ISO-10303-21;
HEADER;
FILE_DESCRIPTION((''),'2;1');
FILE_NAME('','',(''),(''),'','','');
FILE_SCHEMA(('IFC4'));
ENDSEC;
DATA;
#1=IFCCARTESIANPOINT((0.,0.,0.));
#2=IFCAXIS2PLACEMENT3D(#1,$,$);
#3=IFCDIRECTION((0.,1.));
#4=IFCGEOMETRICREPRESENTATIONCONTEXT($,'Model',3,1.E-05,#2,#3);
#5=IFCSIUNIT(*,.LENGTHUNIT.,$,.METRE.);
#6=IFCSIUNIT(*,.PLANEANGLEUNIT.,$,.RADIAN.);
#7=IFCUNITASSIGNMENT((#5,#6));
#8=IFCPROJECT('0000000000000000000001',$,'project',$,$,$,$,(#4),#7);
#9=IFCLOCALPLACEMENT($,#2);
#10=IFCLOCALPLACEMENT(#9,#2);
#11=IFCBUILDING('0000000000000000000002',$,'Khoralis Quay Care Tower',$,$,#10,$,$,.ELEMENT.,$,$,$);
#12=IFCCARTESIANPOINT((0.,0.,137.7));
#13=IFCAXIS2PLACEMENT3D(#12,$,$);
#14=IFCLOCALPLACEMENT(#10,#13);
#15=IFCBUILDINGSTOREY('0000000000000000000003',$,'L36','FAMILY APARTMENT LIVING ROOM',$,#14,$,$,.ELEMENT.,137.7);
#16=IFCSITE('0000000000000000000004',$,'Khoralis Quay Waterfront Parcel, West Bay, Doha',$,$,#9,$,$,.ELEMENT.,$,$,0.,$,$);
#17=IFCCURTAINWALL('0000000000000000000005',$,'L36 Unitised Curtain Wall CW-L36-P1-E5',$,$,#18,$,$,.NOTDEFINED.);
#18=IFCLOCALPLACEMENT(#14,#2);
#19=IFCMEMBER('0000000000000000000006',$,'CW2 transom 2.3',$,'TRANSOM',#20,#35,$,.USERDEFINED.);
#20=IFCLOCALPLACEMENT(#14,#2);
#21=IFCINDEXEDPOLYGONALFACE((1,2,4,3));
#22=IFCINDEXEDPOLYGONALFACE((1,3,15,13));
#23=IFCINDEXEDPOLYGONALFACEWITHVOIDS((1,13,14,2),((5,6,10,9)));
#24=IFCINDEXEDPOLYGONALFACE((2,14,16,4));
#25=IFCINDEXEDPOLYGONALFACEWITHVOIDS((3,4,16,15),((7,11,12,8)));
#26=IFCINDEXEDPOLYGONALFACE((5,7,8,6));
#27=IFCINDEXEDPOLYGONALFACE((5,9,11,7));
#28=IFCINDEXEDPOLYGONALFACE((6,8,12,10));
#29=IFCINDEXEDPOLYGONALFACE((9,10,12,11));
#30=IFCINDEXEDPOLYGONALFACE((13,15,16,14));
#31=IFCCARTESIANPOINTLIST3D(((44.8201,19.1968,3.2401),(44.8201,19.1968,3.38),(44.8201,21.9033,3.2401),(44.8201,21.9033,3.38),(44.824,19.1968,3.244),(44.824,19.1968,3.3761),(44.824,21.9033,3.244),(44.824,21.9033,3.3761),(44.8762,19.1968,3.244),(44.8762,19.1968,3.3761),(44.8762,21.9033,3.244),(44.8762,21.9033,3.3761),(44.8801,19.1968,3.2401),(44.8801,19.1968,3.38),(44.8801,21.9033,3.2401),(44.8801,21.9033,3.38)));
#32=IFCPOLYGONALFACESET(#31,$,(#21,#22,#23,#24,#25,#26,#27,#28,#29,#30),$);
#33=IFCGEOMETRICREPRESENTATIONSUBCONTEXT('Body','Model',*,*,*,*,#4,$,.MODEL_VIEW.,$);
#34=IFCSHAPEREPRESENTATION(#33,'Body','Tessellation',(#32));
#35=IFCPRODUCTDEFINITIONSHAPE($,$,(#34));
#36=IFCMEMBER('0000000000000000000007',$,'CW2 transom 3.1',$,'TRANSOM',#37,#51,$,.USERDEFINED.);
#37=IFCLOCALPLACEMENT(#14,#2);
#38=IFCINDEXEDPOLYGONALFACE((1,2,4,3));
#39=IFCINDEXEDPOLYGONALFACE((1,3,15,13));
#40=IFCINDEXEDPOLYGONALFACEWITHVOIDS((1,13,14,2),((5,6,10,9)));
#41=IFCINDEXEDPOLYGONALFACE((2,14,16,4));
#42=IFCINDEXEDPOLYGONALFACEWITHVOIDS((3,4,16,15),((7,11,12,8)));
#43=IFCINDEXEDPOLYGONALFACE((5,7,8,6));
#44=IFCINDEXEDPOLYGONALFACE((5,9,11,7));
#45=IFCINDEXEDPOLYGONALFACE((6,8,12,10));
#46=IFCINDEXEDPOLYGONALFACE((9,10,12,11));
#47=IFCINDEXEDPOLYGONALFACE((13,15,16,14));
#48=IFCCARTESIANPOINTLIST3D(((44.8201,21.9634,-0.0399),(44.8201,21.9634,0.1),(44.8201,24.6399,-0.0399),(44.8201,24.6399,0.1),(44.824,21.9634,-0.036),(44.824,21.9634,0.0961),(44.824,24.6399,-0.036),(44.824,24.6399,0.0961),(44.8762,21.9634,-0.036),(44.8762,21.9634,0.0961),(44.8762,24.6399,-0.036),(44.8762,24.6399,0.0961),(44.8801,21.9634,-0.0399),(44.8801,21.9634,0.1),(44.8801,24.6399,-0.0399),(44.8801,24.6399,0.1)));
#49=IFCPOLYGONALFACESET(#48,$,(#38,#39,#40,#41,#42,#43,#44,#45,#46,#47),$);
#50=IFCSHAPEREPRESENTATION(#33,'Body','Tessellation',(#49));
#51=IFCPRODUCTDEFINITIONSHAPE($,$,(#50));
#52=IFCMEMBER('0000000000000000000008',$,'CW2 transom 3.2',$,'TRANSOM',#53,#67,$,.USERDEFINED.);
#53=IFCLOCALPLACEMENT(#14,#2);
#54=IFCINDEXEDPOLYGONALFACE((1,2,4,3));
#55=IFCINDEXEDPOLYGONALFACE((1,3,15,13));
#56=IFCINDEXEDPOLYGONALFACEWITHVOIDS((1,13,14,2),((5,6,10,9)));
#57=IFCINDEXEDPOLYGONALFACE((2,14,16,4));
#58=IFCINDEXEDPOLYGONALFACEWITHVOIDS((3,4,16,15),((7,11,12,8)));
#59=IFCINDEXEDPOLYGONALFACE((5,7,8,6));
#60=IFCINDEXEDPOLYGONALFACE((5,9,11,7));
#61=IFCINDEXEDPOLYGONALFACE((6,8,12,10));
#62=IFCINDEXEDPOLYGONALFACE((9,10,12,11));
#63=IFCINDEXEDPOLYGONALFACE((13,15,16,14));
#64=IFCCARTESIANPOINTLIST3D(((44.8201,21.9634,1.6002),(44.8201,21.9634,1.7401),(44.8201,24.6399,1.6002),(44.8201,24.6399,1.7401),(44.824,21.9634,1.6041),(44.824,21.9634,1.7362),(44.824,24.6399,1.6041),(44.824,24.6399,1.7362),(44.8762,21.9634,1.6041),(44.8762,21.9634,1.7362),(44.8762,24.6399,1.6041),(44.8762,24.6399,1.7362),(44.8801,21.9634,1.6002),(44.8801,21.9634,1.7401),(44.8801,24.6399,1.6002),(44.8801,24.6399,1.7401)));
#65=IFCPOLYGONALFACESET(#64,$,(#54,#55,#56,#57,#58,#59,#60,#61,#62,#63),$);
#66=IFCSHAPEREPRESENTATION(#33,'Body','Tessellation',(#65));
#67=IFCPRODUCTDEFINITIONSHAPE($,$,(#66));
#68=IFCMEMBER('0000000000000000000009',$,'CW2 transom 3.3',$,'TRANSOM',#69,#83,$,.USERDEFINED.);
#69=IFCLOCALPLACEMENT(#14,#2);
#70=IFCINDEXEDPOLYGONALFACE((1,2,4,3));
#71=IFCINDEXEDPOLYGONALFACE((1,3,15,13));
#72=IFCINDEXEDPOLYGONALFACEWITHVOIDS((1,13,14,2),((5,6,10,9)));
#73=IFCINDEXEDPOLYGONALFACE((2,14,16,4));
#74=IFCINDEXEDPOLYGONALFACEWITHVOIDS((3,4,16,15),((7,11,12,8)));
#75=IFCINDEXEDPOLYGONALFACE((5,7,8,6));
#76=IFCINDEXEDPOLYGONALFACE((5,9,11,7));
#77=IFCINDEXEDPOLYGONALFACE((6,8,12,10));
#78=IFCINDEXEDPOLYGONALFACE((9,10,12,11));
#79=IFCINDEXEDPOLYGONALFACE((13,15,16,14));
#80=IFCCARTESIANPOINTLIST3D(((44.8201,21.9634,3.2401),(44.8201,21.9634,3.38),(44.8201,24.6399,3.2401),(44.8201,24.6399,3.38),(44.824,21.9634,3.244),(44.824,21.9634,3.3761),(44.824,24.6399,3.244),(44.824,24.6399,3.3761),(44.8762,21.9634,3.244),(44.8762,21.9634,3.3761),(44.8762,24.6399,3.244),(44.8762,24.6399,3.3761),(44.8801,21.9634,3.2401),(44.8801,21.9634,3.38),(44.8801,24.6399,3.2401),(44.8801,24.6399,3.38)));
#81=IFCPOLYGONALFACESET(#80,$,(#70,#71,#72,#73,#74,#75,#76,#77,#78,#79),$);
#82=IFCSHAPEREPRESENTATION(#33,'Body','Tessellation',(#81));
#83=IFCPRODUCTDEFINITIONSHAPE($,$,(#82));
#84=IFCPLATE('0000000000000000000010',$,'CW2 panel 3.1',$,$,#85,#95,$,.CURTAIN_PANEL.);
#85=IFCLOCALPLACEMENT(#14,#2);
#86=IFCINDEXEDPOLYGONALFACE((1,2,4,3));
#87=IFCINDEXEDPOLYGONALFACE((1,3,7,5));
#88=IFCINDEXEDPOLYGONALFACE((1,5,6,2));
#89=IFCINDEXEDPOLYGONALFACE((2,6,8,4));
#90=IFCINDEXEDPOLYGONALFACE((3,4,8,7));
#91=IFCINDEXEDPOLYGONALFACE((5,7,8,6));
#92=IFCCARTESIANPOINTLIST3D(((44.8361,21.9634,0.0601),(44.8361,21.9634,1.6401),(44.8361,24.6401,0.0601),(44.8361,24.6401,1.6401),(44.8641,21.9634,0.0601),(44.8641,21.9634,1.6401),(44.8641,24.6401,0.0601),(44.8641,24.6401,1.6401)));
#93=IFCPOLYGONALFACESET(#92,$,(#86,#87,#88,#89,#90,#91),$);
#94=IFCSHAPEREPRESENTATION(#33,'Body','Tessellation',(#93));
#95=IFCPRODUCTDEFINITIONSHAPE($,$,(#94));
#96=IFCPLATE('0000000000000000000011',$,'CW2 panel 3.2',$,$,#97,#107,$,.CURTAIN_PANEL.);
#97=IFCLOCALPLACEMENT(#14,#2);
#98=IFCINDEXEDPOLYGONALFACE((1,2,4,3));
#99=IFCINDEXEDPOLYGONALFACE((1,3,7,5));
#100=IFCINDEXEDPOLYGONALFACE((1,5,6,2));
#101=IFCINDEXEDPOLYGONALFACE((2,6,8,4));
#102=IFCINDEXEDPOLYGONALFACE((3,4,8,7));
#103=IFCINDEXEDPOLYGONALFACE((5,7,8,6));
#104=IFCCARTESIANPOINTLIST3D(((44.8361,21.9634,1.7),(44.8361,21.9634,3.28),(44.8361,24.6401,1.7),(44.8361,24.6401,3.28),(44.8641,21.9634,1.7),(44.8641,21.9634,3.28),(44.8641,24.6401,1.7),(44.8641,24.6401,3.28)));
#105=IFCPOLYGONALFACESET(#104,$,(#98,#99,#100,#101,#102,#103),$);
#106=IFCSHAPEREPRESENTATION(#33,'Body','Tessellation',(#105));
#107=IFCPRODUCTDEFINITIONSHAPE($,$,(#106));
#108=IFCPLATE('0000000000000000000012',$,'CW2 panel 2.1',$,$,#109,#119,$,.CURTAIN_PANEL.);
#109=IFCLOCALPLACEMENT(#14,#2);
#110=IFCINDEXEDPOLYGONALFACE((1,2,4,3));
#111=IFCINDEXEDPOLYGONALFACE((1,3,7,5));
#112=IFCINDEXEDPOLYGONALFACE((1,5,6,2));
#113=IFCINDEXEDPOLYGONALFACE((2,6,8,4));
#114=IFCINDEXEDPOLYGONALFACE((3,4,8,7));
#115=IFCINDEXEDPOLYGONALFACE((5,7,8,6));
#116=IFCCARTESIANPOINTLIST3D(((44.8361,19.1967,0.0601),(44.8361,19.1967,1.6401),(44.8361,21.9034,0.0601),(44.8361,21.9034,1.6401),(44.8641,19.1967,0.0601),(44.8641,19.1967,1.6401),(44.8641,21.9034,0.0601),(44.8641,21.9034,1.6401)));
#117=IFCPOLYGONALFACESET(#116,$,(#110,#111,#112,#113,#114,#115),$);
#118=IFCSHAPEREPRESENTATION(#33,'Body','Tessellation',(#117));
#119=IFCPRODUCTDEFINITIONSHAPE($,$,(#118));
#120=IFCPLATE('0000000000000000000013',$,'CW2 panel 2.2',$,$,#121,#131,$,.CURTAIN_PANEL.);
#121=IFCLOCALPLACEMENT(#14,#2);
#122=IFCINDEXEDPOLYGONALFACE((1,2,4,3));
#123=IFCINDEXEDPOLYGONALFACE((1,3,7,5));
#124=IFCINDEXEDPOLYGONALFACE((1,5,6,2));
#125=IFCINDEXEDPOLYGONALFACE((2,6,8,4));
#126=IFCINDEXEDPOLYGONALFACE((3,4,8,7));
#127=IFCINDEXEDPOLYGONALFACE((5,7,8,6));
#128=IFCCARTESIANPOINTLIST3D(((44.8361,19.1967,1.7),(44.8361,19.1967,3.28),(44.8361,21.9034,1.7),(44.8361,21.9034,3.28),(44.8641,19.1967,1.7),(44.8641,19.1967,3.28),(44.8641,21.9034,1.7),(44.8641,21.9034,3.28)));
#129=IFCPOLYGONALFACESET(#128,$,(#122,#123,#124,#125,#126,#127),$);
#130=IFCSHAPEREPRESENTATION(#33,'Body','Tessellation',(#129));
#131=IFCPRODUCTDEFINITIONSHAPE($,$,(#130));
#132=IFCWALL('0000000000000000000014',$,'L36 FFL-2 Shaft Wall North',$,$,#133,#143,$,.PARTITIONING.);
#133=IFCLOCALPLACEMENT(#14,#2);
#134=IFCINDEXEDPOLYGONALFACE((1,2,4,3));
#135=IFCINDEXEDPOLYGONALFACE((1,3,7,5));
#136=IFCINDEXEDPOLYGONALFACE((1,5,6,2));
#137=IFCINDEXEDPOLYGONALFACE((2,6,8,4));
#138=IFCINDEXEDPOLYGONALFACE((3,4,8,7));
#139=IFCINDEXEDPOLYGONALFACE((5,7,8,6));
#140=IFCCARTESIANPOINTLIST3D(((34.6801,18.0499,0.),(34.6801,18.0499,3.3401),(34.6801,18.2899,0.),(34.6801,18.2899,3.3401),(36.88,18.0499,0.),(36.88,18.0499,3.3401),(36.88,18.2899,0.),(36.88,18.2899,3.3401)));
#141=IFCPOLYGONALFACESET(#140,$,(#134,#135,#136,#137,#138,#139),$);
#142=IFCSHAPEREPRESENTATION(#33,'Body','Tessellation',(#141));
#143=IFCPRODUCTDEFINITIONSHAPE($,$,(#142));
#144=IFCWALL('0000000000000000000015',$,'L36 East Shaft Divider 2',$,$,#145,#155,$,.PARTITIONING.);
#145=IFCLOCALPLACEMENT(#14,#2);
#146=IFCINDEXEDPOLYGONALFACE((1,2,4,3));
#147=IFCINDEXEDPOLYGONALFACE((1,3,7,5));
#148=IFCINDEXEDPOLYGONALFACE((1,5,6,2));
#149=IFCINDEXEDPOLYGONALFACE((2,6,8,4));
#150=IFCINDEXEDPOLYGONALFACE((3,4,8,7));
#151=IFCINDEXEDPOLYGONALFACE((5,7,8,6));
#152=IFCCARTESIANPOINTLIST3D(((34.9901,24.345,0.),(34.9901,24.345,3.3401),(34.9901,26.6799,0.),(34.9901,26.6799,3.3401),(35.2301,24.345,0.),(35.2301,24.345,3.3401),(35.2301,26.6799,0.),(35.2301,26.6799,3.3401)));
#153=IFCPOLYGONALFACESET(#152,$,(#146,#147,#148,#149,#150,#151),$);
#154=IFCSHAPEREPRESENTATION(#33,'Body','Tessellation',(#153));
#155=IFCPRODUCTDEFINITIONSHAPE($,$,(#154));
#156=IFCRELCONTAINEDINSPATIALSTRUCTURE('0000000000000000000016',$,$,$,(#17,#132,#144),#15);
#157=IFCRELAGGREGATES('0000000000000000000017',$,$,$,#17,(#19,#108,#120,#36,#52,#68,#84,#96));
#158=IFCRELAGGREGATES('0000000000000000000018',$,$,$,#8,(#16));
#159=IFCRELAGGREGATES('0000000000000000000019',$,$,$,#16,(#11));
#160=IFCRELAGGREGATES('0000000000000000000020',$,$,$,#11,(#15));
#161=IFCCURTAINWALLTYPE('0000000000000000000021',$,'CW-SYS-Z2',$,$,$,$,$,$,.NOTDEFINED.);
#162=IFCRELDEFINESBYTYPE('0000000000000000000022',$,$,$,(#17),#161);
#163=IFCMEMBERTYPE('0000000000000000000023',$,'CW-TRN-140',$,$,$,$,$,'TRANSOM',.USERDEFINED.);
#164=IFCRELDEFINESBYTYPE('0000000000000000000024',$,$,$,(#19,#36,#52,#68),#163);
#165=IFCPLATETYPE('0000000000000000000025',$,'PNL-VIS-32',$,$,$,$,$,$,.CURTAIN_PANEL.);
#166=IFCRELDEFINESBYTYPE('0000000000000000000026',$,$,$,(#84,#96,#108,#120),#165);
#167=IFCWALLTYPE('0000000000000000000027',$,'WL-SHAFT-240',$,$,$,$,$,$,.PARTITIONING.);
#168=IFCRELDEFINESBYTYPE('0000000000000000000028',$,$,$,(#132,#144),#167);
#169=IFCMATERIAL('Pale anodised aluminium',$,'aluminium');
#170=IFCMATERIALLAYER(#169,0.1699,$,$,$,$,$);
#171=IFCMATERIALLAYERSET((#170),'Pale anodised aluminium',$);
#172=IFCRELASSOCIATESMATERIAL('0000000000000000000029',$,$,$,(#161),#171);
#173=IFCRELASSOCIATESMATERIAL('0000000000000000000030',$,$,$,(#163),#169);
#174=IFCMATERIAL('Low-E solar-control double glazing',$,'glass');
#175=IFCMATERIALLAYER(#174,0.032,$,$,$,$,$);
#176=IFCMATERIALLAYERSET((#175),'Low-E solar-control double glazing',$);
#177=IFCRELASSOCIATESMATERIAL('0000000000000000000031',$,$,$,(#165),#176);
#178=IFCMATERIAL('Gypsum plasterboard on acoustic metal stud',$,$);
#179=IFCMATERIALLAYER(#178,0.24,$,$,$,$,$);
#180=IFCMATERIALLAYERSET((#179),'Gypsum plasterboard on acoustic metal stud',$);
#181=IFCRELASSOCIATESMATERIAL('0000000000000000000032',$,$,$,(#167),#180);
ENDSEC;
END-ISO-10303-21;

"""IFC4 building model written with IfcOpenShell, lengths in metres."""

from ifc_helpers import new_model, si_unit, direction, frame, frame_2d, origin, origin_2d, place, context, subcontext, project, spatial, rectangle, hollow_rectangle, extrude, source, transform, mapped, material, layer, layer_set, material_profile, profile_set, type_object, element, aggregate, save


model = new_model("IFC4")

# Units and contexts
model_context = context("Model", 3, precision=1e-05, world=origin(), true_north=direction((0.0, 1.0)))
body_context = subcontext(model_context, "Body", "Model", "MODEL_VIEW")
ifc_project = project(units=[si_unit("LENGTHUNIT", "METRE"), si_unit("PLANEANGLEUNIT", "RADIAN")], contexts=[model_context])

# Site, building, storey
site_placement = place(None, origin())
site = spatial("IfcSite", under=ifc_project, at=site_placement, Name="Khoralis Quay Waterfront Parcel, West Bay, Doha", CompositionType="ELEMENT", RefElevation=0.0)
building_placement = place(site_placement, origin())
building = spatial("IfcBuilding", under=site, at=building_placement, Name="Khoralis Quay Care Tower", CompositionType="ELEMENT")
storey_placement = place(building_placement, frame((0.0, 0.0, 137.7)))
storey = spatial("IfcBuildingStorey", under=building, at=storey_placement, Name="L36", Description="FAMILY APARTMENT LIVING ROOM", CompositionType="ELEMENT", Elevation=137.7)

# Curtain wall, members, plates
ifc_material_1 = material(Name="Pale anodised aluminium", Category="aluminium")
ifc_layer_1 = layer(ifc_material_1, 0.1699)
ifc_layer_set_1 = layer_set([ifc_layer_1], Name="Pale anodised aluminium")
curtain_wall_type = type_object("IfcCurtainWallType", Name="CW-SYS-Z2", PredefinedType="NOTDEFINED", material=ifc_layer_set_1)
curtain_wall_placement = place(storey_placement, origin())
curtain_wall = element("IfcCurtainWall", 1, at=curtain_wall_placement, inside=storey, type_object=curtain_wall_type, Name="L36 Unitised Curtain Wall CW-L36-P1-E5", PredefinedType="NOTDEFINED")
ifc_material_profile_1 = material_profile(ifc_material_1, hollow_rectangle(XDim=0.0601, YDim=0.1399, WallThickness=0.0039, at=origin_2d()), Name="Pale anodised aluminium")
ifc_profile_set_1 = profile_set([ifc_material_profile_1], Name="Pale anodised aluminium")
member_type_1 = type_object("IfcMemberType", Name="CW-TRN-140", ElementType="TRANSOM", PredefinedType="USERDEFINED", material=ifc_profile_set_1)
shared_shape_1 = source(origin(), body_context, "Body", "SweptSolid", [
    extrude(hollow_rectangle(XDim=0.0601, YDim=0.1399, WallThickness=0.0039, at=origin_2d()), origin(), (0.0, 0.0, 1.0), 2.7065),
])
member_1_placement = place(storey_placement, frame((44.8501, 19.1968, 3.3101), z_axis=(0.0, 1.0, 0.0), x_axis=(-1.0, 0.0, 0.0)))
member_1 = element("IfcMember", 2, at=member_1_placement, type_object=member_type_1, Name="CW2 transom 2.3", ObjectType="TRANSOM", PredefinedType="USERDEFINED", context=body_context, shape_type="MappedRepresentation", body=[
    mapped(shared_shape_1, transform((0.0, 0.0, 0.0), scale=1.0)),
])
shared_shape_2 = source(origin(), body_context, "Body", "SweptSolid", [
    extrude(hollow_rectangle(XDim=0.0601, YDim=0.1399, WallThickness=0.0039, at=origin_2d()), origin(), (0.0, 0.0, 1.0), 2.6765),
])
member_2_placement = place(storey_placement, frame((44.8501, 21.9634, 0.03), z_axis=(0.0, 1.0, 0.0), x_axis=(-1.0, 0.0, 0.0)))
member_2 = element("IfcMember", 3, at=member_2_placement, type_object=member_type_1, Name="CW2 transom 3.1", ObjectType="TRANSOM", PredefinedType="USERDEFINED", context=body_context, shape_type="MappedRepresentation", body=[
    mapped(shared_shape_2, transform((0.0, 0.0, 0.0), scale=1.0)),
])
member_3_placement = place(storey_placement, frame((44.8501, 21.9634, 1.6702), z_axis=(0.0, 1.0, 0.0), x_axis=(-1.0, 0.0, 0.0)))
member_3 = element("IfcMember", 4, at=member_3_placement, type_object=member_type_1, Name="CW2 transom 3.2", ObjectType="TRANSOM", PredefinedType="USERDEFINED", context=body_context, shape_type="MappedRepresentation", body=[
    mapped(shared_shape_2, transform((0.0, 0.0, 0.0), scale=1.0)),
])
member_4_placement = place(storey_placement, frame((44.8501, 21.9634, 3.3101), z_axis=(0.0, 1.0, 0.0), x_axis=(-1.0, 0.0, 0.0)))
member_4 = element("IfcMember", 5, at=member_4_placement, type_object=member_type_1, Name="CW2 transom 3.3", ObjectType="TRANSOM", PredefinedType="USERDEFINED", context=body_context, shape_type="MappedRepresentation", body=[
    mapped(shared_shape_2, transform((0.0, 0.0, 0.0), scale=1.0)),
])
ifc_material_2 = material(Name="Low-E solar-control double glazing", Category="glass")
ifc_layer_2 = layer(ifc_material_2, 0.032)
ifc_layer_set_2 = layer_set([ifc_layer_2], Name="Low-E solar-control double glazing")
plate_type = type_object("IfcPlateType", Name="PNL-VIS-32", PredefinedType="CURTAIN_PANEL", material=ifc_layer_set_2)
shared_shape_3 = source(origin(), body_context, "Body", "SweptSolid", [
    extrude(rectangle(XDim=2.6768, YDim=0.0281, at=origin_2d()), origin(), (0.0, 0.0, 1.0), 1.5801),
])
plate_1_placement = place(storey_placement, frame((44.8501, 23.3018, 0.0601), z_axis=(0.0, 0.0, 1.0), x_axis=(0.0, 1.0, 0.0)))
plate_1 = element("IfcPlate", 6, at=plate_1_placement, type_object=plate_type, Name="CW2 panel 3.1", PredefinedType="CURTAIN_PANEL", context=body_context, shape_type="MappedRepresentation", body=[
    mapped(shared_shape_3, transform((0.0, 0.0, 0.0), scale=1.0)),
])
plate_2_placement = place(storey_placement, frame((44.8501, 23.3018, 1.7), z_axis=(0.0, 0.0, 1.0), x_axis=(0.0, 1.0, 0.0)))
plate_2 = element("IfcPlate", 7, at=plate_2_placement, type_object=plate_type, Name="CW2 panel 3.2", PredefinedType="CURTAIN_PANEL", context=body_context, shape_type="MappedRepresentation", body=[
    mapped(shared_shape_3, transform((0.0, 0.0, 0.0), scale=1.0)),
])
shared_shape_4 = source(origin(), body_context, "Body", "SweptSolid", [
    extrude(rectangle(XDim=2.7068, YDim=0.0281, at=origin_2d()), origin(), (0.0, 0.0, 1.0), 1.5801),
])
plate_3_placement = place(storey_placement, frame((44.8501, 20.55, 0.0601), z_axis=(0.0, 0.0, 1.0), x_axis=(0.0, 1.0, 0.0)))
plate_3 = element("IfcPlate", 8, at=plate_3_placement, type_object=plate_type, Name="CW2 panel 2.1", PredefinedType="CURTAIN_PANEL", context=body_context, shape_type="MappedRepresentation", body=[
    mapped(shared_shape_4, transform((0.0, 0.0, 0.0), scale=1.0)),
])
plate_4_placement = place(storey_placement, frame((44.8501, 20.55, 1.7), z_axis=(0.0, 0.0, 1.0), x_axis=(0.0, 1.0, 0.0)))
plate_4 = element("IfcPlate", 9, at=plate_4_placement, type_object=plate_type, Name="CW2 panel 2.2", PredefinedType="CURTAIN_PANEL", context=body_context, shape_type="MappedRepresentation", body=[
    mapped(shared_shape_4, transform((0.0, 0.0, 0.0), scale=1.0)),
])
aggregate(curtain_wall, [member_1, plate_3, plate_4, member_2, member_3, member_4, plate_1, plate_2])

# Walls
ifc_material_3 = material(Name="Gypsum plasterboard on acoustic metal stud")
ifc_layer_3 = layer(ifc_material_3, 0.24)
ifc_layer_set_3 = layer_set([ifc_layer_3], Name="Gypsum plasterboard on acoustic metal stud")
wall_type = type_object("IfcWallType", Name="WL-SHAFT-240", PredefinedType="PARTITIONING", material=ifc_layer_set_3)
wall_1_placement = place(storey_placement, frame((34.6799, 18.1699, 0.0), z_axis=(0.0, 0.0, 1.0), x_axis=(1.0, 0.0, 0.0)))
element("IfcWall", 10, at=wall_1_placement, inside=storey, type_object=wall_type, Name="L36 FFL-2 Shaft Wall North", PredefinedType="PARTITIONING", context=body_context, shape_type="SweptSolid", body=[
    extrude(rectangle(XDim=2.2, YDim=0.24, at=frame_2d((1.1001, 0.0))), origin(), (0.0, 0.0, 1.0), 3.3401),
])
wall_2_placement = place(storey_placement, frame((35.1101, 24.345, 0.0), z_axis=(0.0, 0.0, 1.0), x_axis=(0.0, 1.0, 0.0)))
element("IfcWall", 11, at=wall_2_placement, inside=storey, type_object=wall_type, Name="L36 East Shaft Divider 2", PredefinedType="PARTITIONING", context=body_context, shape_type="SweptSolid", body=[
    extrude(rectangle(XDim=2.335, YDim=0.24, at=frame_2d((1.1675, 0.0))), origin(), (0.0, 0.0, 1.0), 3.3401),
])

save(model, "model.ifc")
